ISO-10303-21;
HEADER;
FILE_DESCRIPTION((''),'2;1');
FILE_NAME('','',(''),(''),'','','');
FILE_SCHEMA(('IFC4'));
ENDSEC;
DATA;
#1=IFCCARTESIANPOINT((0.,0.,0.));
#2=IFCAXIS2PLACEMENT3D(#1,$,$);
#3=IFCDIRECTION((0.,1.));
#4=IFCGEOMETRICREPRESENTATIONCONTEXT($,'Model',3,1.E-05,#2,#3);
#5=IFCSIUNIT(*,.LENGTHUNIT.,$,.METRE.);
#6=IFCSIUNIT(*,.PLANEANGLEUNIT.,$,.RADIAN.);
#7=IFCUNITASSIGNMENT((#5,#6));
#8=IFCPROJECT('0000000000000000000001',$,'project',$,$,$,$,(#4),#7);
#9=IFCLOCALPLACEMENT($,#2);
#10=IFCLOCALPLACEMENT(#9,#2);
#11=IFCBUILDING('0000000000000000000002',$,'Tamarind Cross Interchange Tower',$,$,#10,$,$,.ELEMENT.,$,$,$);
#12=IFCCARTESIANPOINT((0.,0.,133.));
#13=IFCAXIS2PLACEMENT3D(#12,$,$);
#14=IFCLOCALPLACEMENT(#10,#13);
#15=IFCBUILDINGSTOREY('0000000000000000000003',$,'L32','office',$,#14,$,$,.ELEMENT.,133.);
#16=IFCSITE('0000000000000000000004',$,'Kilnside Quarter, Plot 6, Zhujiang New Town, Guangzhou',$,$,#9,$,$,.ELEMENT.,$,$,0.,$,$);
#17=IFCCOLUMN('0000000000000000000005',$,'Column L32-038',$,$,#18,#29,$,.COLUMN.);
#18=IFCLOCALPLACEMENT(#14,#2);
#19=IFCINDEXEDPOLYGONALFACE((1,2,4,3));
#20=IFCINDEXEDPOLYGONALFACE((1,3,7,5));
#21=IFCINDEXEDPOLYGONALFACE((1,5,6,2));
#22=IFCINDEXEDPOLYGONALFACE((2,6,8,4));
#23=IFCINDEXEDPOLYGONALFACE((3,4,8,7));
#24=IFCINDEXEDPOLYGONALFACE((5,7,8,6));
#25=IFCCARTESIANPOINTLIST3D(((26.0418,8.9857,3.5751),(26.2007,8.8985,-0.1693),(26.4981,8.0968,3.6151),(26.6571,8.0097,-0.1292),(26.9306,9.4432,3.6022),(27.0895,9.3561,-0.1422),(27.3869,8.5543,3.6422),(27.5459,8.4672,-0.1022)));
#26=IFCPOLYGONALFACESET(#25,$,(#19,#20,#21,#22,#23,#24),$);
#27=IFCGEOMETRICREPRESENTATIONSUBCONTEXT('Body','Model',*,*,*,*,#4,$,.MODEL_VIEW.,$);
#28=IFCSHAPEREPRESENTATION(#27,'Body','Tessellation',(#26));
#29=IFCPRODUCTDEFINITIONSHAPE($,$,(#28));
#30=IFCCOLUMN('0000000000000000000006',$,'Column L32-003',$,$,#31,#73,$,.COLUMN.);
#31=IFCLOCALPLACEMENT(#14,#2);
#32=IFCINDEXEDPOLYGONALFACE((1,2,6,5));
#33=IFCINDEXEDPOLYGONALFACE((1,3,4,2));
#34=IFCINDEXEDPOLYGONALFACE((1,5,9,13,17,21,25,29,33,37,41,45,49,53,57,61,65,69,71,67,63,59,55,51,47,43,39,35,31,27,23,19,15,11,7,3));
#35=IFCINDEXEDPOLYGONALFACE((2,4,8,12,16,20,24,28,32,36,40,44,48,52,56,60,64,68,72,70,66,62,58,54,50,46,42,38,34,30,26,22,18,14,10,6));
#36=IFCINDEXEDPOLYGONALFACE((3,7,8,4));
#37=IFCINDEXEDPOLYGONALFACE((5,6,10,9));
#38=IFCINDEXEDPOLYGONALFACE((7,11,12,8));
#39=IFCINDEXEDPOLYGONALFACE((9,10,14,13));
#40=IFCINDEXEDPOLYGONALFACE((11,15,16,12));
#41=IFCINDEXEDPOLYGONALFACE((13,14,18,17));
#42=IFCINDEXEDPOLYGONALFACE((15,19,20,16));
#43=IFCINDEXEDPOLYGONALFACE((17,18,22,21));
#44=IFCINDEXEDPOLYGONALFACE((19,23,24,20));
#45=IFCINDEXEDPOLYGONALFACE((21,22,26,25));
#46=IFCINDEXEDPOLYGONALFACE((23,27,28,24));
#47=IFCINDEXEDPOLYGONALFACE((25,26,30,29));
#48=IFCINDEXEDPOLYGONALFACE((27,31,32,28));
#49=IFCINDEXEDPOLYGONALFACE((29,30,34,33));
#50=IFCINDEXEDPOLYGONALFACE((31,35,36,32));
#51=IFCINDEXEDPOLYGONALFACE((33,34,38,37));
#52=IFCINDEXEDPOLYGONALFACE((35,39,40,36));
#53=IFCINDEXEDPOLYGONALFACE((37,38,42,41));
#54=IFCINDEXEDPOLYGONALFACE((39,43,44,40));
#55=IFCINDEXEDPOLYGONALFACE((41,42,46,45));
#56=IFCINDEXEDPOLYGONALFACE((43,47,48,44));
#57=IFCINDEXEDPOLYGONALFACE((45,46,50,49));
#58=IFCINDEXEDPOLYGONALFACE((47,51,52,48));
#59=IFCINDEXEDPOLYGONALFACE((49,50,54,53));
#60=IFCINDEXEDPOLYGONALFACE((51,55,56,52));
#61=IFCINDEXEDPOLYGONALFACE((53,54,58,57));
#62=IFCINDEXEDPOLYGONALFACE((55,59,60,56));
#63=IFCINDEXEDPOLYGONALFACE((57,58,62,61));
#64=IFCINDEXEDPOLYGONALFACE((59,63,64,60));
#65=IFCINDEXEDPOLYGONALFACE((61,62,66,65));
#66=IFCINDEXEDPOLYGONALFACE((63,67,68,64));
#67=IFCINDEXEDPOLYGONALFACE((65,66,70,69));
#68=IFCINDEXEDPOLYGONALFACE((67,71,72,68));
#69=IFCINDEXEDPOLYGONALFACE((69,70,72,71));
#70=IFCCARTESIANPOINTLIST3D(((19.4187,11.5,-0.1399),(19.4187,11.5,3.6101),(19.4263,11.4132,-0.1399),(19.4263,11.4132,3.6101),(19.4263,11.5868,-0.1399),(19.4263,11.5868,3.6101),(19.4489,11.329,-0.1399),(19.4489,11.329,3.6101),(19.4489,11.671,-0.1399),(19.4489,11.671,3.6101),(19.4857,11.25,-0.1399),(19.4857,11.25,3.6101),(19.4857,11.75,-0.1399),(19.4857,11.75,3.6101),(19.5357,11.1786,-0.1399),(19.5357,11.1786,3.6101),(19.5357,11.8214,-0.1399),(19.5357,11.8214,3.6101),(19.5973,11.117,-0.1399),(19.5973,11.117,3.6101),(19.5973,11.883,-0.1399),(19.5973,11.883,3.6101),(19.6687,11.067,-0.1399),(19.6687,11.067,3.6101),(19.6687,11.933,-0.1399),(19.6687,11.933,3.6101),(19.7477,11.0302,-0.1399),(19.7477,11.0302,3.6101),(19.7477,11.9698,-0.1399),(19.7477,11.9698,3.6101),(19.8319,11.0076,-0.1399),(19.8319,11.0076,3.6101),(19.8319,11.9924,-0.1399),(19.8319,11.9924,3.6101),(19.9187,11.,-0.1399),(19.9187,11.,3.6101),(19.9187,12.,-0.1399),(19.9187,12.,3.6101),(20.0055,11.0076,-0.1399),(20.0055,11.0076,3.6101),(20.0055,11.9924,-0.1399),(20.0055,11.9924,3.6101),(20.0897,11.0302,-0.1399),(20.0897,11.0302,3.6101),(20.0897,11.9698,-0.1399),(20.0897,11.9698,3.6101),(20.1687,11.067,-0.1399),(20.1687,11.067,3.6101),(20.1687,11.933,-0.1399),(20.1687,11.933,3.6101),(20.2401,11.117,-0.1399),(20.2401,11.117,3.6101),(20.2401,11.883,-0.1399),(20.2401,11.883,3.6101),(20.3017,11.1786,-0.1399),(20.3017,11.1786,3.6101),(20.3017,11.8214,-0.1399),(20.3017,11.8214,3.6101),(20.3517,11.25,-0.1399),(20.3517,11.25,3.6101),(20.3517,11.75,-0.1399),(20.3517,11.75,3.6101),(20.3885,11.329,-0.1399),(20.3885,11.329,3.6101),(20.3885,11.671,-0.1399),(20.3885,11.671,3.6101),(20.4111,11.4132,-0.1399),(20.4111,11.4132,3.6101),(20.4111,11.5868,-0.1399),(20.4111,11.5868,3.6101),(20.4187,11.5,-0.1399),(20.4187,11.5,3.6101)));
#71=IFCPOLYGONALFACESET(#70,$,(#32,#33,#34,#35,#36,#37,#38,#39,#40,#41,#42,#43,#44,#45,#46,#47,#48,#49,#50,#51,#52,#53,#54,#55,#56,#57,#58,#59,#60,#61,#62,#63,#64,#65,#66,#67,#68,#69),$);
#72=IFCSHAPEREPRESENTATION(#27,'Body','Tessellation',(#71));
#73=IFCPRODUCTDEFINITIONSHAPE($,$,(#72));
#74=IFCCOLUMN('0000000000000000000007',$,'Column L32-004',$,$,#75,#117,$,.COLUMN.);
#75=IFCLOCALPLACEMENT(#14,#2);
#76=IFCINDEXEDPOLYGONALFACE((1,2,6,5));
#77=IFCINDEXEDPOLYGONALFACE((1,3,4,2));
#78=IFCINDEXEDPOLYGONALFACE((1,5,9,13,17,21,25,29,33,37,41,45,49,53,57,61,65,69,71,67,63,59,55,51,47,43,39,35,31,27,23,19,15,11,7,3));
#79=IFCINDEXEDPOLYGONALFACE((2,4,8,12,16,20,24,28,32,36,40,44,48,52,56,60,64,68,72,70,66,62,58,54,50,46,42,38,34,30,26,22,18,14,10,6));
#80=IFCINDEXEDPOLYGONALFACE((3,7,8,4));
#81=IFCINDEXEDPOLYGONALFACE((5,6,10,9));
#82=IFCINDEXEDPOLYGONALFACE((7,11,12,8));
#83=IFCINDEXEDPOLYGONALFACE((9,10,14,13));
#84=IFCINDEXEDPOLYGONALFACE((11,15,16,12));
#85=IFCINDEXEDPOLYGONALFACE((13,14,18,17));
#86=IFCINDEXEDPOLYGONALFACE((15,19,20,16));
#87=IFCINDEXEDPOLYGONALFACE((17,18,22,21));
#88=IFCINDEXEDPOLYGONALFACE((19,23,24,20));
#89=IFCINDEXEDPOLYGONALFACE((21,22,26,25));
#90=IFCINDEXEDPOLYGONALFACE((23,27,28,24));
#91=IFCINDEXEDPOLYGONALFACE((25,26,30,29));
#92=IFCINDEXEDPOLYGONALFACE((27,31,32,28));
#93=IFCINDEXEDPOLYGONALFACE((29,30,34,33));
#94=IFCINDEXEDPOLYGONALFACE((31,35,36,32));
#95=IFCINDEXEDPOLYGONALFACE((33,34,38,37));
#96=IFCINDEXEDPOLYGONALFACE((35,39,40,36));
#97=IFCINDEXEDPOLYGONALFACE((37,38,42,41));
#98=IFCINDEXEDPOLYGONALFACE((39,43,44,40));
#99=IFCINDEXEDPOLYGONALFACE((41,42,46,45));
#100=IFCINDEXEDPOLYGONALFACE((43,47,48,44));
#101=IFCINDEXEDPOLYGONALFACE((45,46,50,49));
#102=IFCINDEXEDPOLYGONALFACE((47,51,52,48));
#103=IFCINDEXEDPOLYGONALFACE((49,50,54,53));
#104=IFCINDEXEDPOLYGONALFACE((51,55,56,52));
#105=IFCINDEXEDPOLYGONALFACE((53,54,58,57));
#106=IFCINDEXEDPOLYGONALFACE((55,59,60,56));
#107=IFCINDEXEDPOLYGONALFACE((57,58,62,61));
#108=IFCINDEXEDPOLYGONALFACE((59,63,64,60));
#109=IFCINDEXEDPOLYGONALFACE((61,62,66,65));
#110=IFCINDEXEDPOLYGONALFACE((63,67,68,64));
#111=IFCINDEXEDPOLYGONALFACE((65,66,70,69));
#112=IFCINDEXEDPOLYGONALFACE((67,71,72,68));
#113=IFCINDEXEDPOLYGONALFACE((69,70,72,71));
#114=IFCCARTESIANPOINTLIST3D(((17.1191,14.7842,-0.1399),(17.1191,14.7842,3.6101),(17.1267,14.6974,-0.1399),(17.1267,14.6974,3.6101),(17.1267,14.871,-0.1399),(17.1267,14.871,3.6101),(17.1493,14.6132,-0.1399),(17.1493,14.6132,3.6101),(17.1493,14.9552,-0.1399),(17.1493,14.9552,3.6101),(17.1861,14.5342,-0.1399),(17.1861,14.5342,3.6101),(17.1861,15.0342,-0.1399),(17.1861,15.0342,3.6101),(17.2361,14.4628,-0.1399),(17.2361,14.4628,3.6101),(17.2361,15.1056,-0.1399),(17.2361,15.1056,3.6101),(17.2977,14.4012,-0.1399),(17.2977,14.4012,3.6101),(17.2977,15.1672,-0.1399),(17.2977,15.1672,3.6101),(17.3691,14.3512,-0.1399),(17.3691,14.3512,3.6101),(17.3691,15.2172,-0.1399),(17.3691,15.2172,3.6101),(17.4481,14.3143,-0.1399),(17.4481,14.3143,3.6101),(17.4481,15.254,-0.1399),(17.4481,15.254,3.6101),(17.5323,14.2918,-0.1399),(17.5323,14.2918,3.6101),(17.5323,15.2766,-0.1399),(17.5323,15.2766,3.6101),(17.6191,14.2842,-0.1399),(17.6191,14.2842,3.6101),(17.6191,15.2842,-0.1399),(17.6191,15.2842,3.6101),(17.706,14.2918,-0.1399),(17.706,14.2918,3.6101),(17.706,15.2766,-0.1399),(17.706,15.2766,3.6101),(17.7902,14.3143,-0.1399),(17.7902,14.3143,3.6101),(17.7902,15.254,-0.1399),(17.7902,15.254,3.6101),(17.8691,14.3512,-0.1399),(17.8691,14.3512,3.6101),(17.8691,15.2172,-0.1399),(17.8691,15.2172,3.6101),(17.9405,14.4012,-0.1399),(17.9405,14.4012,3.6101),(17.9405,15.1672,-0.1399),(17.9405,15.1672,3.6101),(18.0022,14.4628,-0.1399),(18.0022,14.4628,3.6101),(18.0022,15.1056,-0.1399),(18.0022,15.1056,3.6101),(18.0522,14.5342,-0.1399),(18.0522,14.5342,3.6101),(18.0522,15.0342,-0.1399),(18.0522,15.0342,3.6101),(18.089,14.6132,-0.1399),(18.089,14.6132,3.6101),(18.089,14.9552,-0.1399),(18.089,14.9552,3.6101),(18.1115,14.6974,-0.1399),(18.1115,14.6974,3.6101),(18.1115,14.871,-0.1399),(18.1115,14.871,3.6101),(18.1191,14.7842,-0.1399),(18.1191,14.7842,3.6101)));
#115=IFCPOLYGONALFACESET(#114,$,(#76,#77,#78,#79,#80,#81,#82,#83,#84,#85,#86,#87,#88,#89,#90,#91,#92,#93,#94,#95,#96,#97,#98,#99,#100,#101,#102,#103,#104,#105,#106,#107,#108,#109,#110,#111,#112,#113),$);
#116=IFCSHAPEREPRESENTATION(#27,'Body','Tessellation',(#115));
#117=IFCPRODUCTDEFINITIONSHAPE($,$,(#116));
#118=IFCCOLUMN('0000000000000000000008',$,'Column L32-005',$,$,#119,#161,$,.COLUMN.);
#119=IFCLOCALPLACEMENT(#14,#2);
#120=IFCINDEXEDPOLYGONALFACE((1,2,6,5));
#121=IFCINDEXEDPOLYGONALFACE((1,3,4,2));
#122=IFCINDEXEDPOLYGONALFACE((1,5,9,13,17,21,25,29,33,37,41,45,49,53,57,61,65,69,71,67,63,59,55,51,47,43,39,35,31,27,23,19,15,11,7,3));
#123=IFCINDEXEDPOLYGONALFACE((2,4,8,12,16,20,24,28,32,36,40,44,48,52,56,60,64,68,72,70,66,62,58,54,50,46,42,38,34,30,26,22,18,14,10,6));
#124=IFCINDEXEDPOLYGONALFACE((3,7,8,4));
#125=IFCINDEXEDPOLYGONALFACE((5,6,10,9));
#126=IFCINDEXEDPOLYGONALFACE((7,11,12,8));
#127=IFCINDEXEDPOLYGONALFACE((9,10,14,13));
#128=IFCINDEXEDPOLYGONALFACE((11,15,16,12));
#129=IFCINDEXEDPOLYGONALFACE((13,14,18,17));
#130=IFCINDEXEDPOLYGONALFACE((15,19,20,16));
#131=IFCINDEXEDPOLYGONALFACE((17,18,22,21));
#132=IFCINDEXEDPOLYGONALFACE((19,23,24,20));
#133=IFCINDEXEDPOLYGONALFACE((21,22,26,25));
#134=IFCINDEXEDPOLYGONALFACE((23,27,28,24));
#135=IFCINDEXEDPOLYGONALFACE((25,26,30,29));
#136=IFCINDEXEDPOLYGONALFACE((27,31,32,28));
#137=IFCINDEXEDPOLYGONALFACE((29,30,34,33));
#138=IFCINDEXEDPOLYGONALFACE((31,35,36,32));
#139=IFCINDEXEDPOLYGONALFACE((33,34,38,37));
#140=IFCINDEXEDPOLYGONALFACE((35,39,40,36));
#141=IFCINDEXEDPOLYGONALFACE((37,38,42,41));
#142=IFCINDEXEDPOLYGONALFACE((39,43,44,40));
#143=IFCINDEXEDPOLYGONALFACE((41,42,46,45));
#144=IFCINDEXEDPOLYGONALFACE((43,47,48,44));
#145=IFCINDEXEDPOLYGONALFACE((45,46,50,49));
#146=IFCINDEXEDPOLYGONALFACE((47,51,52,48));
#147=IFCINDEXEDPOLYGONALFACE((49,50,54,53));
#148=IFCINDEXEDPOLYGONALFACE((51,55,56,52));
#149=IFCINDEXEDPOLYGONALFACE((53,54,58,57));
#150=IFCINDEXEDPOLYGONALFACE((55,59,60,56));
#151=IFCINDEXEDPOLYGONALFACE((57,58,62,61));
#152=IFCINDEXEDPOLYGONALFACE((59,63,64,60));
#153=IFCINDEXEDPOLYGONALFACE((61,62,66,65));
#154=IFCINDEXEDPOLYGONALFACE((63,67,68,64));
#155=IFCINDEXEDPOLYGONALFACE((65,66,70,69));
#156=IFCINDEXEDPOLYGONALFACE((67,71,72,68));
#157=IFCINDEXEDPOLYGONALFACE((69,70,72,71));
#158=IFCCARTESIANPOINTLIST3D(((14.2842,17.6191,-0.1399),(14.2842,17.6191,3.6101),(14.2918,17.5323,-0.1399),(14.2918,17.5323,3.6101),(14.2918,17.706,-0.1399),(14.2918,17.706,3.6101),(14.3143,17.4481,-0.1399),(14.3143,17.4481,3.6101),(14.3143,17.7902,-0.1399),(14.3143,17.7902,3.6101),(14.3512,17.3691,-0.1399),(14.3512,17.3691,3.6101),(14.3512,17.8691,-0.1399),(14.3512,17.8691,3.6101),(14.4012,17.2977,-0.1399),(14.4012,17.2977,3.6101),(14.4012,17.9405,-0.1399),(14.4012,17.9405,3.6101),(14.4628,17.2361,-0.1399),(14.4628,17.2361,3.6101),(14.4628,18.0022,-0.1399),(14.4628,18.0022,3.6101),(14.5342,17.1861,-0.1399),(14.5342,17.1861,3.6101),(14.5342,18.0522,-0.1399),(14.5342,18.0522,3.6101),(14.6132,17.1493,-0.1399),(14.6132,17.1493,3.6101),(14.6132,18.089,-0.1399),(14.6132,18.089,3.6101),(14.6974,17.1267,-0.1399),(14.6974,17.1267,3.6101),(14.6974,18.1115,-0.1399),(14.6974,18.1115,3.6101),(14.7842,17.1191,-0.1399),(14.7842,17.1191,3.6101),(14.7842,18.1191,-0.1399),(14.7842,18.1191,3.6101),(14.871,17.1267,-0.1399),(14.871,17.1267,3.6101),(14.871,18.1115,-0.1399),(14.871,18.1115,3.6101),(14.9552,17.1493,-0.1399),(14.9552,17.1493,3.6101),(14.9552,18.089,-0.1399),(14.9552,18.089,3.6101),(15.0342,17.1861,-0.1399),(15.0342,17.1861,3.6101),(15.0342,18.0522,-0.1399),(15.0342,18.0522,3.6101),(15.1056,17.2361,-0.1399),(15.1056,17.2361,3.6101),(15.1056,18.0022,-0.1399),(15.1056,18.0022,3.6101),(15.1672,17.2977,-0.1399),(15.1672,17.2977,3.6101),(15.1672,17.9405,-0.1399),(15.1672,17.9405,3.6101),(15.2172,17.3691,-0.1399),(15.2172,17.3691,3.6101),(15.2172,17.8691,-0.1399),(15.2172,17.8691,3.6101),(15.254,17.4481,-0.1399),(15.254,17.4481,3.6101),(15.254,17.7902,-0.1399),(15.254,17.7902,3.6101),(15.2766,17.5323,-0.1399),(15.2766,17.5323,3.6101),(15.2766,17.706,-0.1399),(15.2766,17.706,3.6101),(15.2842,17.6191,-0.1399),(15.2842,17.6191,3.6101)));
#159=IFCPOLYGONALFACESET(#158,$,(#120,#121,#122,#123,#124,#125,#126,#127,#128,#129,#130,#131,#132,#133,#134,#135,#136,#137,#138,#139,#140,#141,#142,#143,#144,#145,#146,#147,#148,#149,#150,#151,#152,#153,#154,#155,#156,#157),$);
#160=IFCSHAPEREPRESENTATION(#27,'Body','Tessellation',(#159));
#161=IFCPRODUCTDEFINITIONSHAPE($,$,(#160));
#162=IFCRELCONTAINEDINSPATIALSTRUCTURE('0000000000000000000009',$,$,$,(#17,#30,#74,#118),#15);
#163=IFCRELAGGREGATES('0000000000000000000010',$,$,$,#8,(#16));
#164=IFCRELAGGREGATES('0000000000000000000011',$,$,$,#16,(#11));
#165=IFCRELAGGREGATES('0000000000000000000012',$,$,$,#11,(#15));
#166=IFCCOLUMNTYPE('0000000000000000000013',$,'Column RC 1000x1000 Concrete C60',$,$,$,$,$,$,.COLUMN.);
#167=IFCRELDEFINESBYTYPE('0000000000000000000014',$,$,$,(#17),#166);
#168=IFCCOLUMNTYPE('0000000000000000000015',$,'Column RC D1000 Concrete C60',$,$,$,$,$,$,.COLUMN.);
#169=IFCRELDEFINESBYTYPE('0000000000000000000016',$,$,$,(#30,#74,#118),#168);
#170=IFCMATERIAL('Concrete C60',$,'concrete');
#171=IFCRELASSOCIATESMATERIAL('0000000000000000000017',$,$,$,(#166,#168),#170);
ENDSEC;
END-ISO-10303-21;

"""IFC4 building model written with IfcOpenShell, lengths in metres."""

from ifc_helpers import new_model, si_unit, direction, frame, origin, origin_2d, place, context, subcontext, project, spatial, rectangle, circle, extrude, material, material_profile, profile_set, type_object, element, save


model = new_model("IFC4")

# Units and contexts
model_context = context("Model", 3, precision=1e-05, world=origin(), true_north=direction((0.0, 1.0)))
body_context = subcontext(model_context, "Body", "Model", "MODEL_VIEW")
ifc_project = project(units=[si_unit("LENGTHUNIT", "METRE"), si_unit("PLANEANGLEUNIT", "RADIAN")], contexts=[model_context])

# Site, building, storey
site_placement = place(None, origin())
site = spatial("IfcSite", under=ifc_project, at=site_placement, Name="Kilnside Quarter, Plot 6, Zhujiang New Town, Guangzhou", CompositionType="ELEMENT", RefElevation=0.0)
building_placement = place(site_placement, origin())
building = spatial("IfcBuilding", under=site, at=building_placement, Name="Tamarind Cross Interchange Tower", CompositionType="ELEMENT")
storey_placement = place(building_placement, frame((0.0, 0.0, 133.0)))
storey = spatial("IfcBuildingStorey", under=building, at=storey_placement, Name="L32", Description="office", CompositionType="ELEMENT", Elevation=133.0)

# Columns
ifc_material_1 = material(Name="Concrete C60", Category="concrete")
ifc_material_profile_1 = material_profile(ifc_material_1, rectangle(XDim=1.0, YDim=1.0, at=origin_2d()), Name="RC 1000x1000")
ifc_profile_set_1 = profile_set([ifc_material_profile_1], Name="Concrete C60")
column_type_1 = type_object("IfcColumnType", Name="Column RC 1000x1000 Concrete C60", PredefinedType="COLUMN", material=ifc_profile_set_1)
column_placement = place(storey_placement, frame((26.8733, 8.6829, -0.1357), z_axis=(-0.042397, 0.02325, 0.99883), x_axis=(0.456362, -0.888892, 0.040062)))
element("IfcColumn", 1, at=column_placement, inside=storey, type_object=column_type_1, Name="Column L32-038", PredefinedType="COLUMN", context=body_context, shape_type="SweptSolid", body=[
    extrude(rectangle(XDim=1.0, YDim=1.0, at=origin_2d()), origin(), (0.0, 0.0, 1.0), 3.7488),
])
ifc_material_profile_2 = material_profile(ifc_material_1, circle(Radius=0.5, at=origin_2d()), Name="RC D1000")
ifc_profile_set_2 = profile_set([ifc_material_profile_2], Name="Concrete C60")
column_type_2 = type_object("IfcColumnType", Name="Column RC D1000 Concrete C60", PredefinedType="COLUMN", material=ifc_profile_set_2)
for number, where, z_axis, x_axis, name in (
    (2, (19.9187, 11.5, -0.1399), (0.0, 0.0, 1.0), (1.0, 0.0, 0.0), "Column L32-003"),
    (3, (17.6191, 14.7842, -0.1399), (0.0, 0.0, 1.0), (1.0, 0.0, 0.0), "Column L32-004"),
    (4, (14.7842, 17.6191, -0.1399), (0.0, 0.0, 1.0), (1.0, 0.0, 0.0), "Column L32-005"),
):
    element("IfcColumn", number, at=place(storey_placement, frame(where, z_axis=z_axis, x_axis=x_axis)), inside=storey, type_object=column_type_2, Name=name, PredefinedType="COLUMN", context=body_context, shape_type="SweptSolid", body=[
        extrude(circle(Radius=0.5, at=origin_2d()), origin(), (0.0, 0.0, 1.0), 3.75),
    ])

save(model, "model.ifc")
